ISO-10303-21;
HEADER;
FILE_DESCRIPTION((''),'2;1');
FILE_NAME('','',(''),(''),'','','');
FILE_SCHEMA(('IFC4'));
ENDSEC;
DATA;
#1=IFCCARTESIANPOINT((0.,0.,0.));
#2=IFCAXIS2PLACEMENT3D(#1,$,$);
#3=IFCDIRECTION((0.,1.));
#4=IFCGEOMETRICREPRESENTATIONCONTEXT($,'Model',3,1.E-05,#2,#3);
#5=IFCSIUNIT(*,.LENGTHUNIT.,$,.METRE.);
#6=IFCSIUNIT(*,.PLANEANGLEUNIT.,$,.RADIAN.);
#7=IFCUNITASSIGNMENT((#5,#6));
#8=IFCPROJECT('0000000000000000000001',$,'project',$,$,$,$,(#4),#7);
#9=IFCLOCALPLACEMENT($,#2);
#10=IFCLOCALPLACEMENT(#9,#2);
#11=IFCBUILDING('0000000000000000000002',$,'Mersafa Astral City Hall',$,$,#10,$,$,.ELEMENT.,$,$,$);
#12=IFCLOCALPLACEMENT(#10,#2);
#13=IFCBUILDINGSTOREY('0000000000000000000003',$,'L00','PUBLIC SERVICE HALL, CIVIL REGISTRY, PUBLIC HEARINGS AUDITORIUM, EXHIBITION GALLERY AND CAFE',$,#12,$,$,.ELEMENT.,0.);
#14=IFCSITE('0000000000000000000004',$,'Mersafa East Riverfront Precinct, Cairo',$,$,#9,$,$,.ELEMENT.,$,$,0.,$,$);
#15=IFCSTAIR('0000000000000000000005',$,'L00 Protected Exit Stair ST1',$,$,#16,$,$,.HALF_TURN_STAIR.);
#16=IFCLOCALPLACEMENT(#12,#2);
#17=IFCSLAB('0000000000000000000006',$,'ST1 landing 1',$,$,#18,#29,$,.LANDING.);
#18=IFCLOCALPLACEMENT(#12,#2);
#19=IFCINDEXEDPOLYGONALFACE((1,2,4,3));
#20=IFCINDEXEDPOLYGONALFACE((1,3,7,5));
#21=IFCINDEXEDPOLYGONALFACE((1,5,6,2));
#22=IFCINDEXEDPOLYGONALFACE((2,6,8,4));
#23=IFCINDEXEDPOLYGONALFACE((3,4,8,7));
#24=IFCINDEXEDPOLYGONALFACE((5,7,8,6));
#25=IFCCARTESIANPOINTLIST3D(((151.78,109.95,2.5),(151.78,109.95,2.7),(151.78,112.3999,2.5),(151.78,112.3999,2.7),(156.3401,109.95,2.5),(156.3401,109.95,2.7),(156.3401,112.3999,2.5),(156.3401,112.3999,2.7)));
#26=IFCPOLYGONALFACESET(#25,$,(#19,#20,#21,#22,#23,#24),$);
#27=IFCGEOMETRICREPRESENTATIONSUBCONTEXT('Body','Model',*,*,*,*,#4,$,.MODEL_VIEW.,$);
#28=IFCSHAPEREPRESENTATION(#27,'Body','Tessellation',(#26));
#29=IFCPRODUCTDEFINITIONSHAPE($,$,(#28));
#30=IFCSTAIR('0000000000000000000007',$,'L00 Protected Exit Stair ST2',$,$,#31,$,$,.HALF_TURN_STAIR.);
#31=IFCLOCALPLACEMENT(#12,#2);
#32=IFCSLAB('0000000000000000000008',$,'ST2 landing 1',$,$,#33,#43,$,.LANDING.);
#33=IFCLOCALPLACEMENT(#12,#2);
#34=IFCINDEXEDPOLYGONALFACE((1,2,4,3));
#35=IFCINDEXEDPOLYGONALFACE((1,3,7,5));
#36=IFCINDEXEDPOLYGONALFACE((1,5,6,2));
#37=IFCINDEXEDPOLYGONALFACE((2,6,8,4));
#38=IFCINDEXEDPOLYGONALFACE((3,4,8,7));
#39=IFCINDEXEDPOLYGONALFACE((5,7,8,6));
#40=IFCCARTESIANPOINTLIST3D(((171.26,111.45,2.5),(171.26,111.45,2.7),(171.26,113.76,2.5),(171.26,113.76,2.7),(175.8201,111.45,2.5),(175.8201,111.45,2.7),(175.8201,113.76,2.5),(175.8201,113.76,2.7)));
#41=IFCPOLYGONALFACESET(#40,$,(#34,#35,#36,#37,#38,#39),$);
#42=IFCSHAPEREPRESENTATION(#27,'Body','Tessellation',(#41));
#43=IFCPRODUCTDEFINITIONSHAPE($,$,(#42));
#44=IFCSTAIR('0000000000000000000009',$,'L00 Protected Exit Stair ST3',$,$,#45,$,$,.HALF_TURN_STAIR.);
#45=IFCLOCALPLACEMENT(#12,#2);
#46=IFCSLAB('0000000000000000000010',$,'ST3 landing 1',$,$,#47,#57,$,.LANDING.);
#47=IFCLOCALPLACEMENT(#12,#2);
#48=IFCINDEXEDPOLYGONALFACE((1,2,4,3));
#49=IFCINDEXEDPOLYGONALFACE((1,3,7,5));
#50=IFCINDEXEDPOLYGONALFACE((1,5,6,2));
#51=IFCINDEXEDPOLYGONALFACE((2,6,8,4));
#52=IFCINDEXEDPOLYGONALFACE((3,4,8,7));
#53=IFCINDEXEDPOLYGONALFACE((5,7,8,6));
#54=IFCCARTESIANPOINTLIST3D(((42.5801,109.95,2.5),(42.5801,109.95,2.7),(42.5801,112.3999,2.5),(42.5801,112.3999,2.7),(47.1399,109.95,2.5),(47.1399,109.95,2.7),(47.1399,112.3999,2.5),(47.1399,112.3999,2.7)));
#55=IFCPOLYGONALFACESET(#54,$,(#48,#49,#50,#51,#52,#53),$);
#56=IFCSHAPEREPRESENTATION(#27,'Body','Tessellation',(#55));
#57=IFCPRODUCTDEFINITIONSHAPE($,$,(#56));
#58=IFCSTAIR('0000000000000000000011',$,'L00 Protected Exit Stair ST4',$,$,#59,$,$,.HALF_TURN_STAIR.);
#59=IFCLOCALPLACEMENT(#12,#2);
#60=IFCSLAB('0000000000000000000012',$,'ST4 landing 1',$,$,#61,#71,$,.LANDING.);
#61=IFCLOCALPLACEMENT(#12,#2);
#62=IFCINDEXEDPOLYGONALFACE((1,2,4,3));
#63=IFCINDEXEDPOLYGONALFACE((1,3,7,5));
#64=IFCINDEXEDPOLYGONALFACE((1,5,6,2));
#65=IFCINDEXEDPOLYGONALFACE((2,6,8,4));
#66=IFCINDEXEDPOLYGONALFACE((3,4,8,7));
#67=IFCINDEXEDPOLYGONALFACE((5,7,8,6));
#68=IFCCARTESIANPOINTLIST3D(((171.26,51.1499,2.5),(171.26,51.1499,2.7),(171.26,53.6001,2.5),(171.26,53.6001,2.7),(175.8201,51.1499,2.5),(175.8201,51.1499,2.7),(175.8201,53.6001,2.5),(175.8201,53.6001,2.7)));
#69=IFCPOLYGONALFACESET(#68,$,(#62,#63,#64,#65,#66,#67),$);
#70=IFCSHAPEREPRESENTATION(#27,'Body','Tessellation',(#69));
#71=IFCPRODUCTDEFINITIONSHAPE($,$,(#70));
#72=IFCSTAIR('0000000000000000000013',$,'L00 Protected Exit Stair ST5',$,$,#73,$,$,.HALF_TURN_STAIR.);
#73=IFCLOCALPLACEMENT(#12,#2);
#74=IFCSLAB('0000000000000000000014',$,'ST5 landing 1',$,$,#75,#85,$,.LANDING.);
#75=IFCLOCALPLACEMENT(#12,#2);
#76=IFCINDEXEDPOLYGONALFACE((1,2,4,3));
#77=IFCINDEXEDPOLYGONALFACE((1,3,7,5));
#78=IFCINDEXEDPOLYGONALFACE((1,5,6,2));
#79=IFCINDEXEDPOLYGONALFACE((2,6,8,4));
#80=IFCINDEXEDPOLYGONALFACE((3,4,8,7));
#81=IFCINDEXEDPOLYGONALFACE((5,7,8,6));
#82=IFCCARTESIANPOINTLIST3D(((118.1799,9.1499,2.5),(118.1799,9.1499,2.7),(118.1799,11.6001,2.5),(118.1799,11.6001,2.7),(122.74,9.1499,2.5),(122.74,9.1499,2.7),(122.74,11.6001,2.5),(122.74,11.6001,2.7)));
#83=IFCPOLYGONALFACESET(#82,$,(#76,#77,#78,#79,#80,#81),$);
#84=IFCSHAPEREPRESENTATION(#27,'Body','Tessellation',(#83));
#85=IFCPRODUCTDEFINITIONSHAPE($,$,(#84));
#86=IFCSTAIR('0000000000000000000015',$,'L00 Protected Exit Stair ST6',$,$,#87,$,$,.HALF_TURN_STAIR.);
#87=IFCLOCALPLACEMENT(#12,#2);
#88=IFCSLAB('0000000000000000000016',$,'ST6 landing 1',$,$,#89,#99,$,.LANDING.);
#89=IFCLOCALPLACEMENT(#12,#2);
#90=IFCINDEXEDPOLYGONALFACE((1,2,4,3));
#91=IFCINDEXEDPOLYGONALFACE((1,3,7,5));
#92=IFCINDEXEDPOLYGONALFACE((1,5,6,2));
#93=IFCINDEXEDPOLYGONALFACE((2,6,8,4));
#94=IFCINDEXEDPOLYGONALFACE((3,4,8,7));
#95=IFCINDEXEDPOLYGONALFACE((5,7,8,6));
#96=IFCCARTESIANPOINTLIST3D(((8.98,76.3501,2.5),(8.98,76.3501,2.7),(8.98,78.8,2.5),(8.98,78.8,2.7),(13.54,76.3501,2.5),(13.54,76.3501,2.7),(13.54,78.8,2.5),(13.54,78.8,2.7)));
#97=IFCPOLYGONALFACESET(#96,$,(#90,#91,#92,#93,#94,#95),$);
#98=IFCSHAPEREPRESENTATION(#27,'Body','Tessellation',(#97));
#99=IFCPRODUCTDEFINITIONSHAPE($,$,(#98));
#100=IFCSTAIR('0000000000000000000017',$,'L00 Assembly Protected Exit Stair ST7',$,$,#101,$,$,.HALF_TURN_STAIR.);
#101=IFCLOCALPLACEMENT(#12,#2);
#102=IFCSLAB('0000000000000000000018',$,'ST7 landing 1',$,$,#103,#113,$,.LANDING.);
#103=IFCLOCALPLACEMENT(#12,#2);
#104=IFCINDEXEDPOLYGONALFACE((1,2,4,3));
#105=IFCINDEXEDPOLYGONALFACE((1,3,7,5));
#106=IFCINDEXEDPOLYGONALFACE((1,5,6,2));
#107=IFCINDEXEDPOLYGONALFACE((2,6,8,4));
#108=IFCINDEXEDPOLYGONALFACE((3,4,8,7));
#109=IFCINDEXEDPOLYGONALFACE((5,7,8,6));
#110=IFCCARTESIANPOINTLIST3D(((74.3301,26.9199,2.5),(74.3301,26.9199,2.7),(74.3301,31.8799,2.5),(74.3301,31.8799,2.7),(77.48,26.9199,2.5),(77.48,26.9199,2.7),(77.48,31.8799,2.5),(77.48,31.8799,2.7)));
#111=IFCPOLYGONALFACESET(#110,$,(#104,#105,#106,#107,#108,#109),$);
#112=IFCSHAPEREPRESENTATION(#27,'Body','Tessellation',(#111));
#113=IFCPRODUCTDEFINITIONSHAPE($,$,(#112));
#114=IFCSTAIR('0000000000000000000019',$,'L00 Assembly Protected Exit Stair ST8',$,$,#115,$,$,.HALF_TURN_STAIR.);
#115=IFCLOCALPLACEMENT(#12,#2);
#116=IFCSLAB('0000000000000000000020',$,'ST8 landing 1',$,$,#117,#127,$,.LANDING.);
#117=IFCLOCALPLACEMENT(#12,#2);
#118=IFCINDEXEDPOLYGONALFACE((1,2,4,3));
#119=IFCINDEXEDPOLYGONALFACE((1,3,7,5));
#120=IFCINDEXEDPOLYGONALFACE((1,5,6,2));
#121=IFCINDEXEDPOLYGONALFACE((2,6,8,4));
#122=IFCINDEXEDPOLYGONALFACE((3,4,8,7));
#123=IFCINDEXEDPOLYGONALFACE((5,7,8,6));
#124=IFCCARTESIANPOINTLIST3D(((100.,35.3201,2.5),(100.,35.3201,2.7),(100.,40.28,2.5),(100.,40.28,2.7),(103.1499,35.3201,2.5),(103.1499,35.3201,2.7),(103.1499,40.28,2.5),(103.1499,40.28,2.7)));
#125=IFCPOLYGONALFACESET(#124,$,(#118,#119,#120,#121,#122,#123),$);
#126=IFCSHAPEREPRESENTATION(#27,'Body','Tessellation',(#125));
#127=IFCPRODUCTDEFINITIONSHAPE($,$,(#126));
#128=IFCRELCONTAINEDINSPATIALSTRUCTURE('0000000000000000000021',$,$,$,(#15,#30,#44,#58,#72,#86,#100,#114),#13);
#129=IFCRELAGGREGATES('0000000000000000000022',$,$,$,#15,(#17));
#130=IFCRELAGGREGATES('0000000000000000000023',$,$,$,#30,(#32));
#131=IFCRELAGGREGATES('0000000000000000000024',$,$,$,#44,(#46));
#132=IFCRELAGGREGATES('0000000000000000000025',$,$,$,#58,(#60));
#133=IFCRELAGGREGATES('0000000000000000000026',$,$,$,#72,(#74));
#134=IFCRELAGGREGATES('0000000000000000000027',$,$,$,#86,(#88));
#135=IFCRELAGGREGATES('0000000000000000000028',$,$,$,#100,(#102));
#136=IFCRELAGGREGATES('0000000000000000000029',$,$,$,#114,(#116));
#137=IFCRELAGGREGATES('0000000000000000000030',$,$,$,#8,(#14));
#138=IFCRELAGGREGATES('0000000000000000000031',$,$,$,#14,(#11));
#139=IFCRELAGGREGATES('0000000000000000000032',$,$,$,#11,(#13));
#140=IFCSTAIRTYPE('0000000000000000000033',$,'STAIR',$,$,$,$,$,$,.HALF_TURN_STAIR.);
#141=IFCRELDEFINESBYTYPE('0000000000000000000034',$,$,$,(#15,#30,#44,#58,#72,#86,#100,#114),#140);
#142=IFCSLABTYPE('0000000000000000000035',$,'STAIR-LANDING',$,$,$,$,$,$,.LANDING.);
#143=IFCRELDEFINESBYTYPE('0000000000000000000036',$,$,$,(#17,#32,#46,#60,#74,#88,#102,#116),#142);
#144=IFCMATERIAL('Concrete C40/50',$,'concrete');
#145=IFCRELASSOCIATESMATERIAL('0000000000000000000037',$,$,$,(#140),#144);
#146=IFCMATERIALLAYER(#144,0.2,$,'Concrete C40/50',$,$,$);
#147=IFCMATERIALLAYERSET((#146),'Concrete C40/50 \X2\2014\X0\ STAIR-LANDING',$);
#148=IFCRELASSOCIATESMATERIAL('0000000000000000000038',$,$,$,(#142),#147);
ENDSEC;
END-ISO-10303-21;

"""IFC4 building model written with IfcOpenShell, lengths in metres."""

from ifc_helpers import new_model, si_unit, direction, frame, origin, place, context, subcontext, project, spatial, polyline, outline, extrude, material, layer, layer_set, type_object, element, aggregate, save


model = new_model("IFC4")

# Units and contexts
model_context = context("Model", 3, precision=1e-05, world=origin(), true_north=direction((0.0, 1.0)))
body_context = subcontext(model_context, "Body", "Model", "MODEL_VIEW")
ifc_project = project(units=[si_unit("LENGTHUNIT", "METRE"), si_unit("PLANEANGLEUNIT", "RADIAN")], contexts=[model_context])

# Site, building, storey
site_placement = place(None, origin())
site = spatial("IfcSite", under=ifc_project, at=site_placement, Name="Mersafa East Riverfront Precinct, Cairo", CompositionType="ELEMENT", RefElevation=0.0)
building_placement = place(site_placement, origin())
building = spatial("IfcBuilding", under=site, at=building_placement, Name="Mersafa Astral City Hall", CompositionType="ELEMENT")
storey_placement = place(building_placement, origin())
storey = spatial("IfcBuildingStorey", under=building, at=storey_placement, Name="L00", Description="PUBLIC SERVICE HALL, CIVIL REGISTRY, PUBLIC HEARINGS AUDITORIUM, EXHIBITION GALLERY AND CAFE", CompositionType="ELEMENT", Elevation=0.0)

# Stairs, slabs
ifc_material_1 = material(Name="Concrete C40/50", Category="concrete")
stair_type = type_object("IfcStairType", Name="STAIR", PredefinedType="HALF_TURN_STAIR", material=ifc_material_1)
stair_1_placement = place(storey_placement, origin())
stair_1 = element("IfcStair", 1, at=stair_1_placement, inside=storey, type_object=stair_type, Name="L00 Protected Exit Stair ST1", PredefinedType="HALF_TURN_STAIR")
ifc_layer_1 = layer(ifc_material_1, 0.2, Name="Concrete C40/50")
ifc_layer_set_1 = layer_set([ifc_layer_1], Name="Concrete C40/50 — STAIR-LANDING")
slab_type = type_object("IfcSlabType", Name="STAIR-LANDING", PredefinedType="LANDING", material=ifc_layer_set_1)
slab_1_placement = place(storey_placement, frame((0.0, 0.0, 2.5)))
slab_1 = element("IfcSlab", 2, at=slab_1_placement, type_object=slab_type, Name="ST1 landing 1", PredefinedType="LANDING", context=body_context, shape_type="SweptSolid", body=[
    extrude(outline(polyline([(151.78, 112.3999), (151.78, 109.95), (156.3401, 109.95), (156.3401, 112.3999), (151.78, 112.3999)])), origin(), (0.0, 0.0, 1.0), 0.2),
])
aggregate(stair_1, [slab_1])
stair_2_placement = place(storey_placement, origin())
stair_2 = element("IfcStair", 3, at=stair_2_placement, inside=storey, type_object=stair_type, Name="L00 Protected Exit Stair ST2", PredefinedType="HALF_TURN_STAIR")
slab_2_placement = place(storey_placement, frame((0.0, 0.0, 2.5)))
slab_2 = element("IfcSlab", 4, at=slab_2_placement, type_object=slab_type, Name="ST2 landing 1", PredefinedType="LANDING", context=body_context, shape_type="SweptSolid", body=[
    extrude(outline(polyline([(171.26, 113.76), (171.26, 111.45), (175.8201, 111.45), (175.8201, 113.76), (171.26, 113.76)])), origin(), (0.0, 0.0, 1.0), 0.2),
])
aggregate(stair_2, [slab_2])
stair_3_placement = place(storey_placement, origin())
stair_3 = element("IfcStair", 5, at=stair_3_placement, inside=storey, type_object=stair_type, Name="L00 Protected Exit Stair ST3", PredefinedType="HALF_TURN_STAIR")
slab_3_placement = place(storey_placement, frame((0.0, 0.0, 2.5)))
slab_3 = element("IfcSlab", 6, at=slab_3_placement, type_object=slab_type, Name="ST3 landing 1", PredefinedType="LANDING", context=body_context, shape_type="SweptSolid", body=[
    extrude(outline(polyline([(42.5801, 112.3999), (42.5801, 109.95), (47.1399, 109.95), (47.1399, 112.3999), (42.5801, 112.3999)])), origin(), (0.0, 0.0, 1.0), 0.2),
])
aggregate(stair_3, [slab_3])
stair_4_placement = place(storey_placement, origin())
stair_4 = element("IfcStair", 7, at=stair_4_placement, inside=storey, type_object=stair_type, Name="L00 Protected Exit Stair ST4", PredefinedType="HALF_TURN_STAIR")
slab_4_placement = place(storey_placement, frame((0.0, 0.0, 2.5)))
slab_4 = element("IfcSlab", 8, at=slab_4_placement, type_object=slab_type, Name="ST4 landing 1", PredefinedType="LANDING", context=body_context, shape_type="SweptSolid", body=[
    extrude(outline(polyline([(171.26, 53.6001), (171.26, 51.1499), (175.8201, 51.1499), (175.8201, 53.6001), (171.26, 53.6001)])), origin(), (0.0, 0.0, 1.0), 0.2),
])
aggregate(stair_4, [slab_4])
stair_5_placement = place(storey_placement, origin())
stair_5 = element("IfcStair", 9, at=stair_5_placement, inside=storey, type_object=stair_type, Name="L00 Protected Exit Stair ST5", PredefinedType="HALF_TURN_STAIR")
slab_5_placement = place(storey_placement, frame((0.0, 0.0, 2.5)))
slab_5 = element("IfcSlab", 10, at=slab_5_placement, type_object=slab_type, Name="ST5 landing 1", PredefinedType="LANDING", context=body_context, shape_type="SweptSolid", body=[
    extrude(outline(polyline([(118.1799, 11.6001), (118.1799, 9.1499), (122.74, 9.1499), (122.74, 11.6001), (118.1799, 11.6001)])), origin(), (0.0, 0.0, 1.0), 0.2),
])
aggregate(stair_5, [slab_5])
stair_6_placement = place(storey_placement, origin())
stair_6 = element("IfcStair", 11, at=stair_6_placement, inside=storey, type_object=stair_type, Name="L00 Protected Exit Stair ST6", PredefinedType="HALF_TURN_STAIR")
slab_6_placement = place(storey_placement, frame((0.0, 0.0, 2.5)))
slab_6 = element("IfcSlab", 12, at=slab_6_placement, type_object=slab_type, Name="ST6 landing 1", PredefinedType="LANDING", context=body_context, shape_type="SweptSolid", body=[
    extrude(outline(polyline([(8.98, 78.8), (8.98, 76.3501), (13.54, 76.3501), (13.54, 78.8), (8.98, 78.8)])), origin(), (0.0, 0.0, 1.0), 0.2),
])
aggregate(stair_6, [slab_6])
stair_7_placement = place(storey_placement, origin())
stair_7 = element("IfcStair", 13, at=stair_7_placement, inside=storey, type_object=stair_type, Name="L00 Assembly Protected Exit Stair ST7", PredefinedType="HALF_TURN_STAIR")
slab_7_placement = place(storey_placement, frame((0.0, 0.0, 2.5)))
slab_7 = element("IfcSlab", 14, at=slab_7_placement, type_object=slab_type, Name="ST7 landing 1", PredefinedType="LANDING", context=body_context, shape_type="SweptSolid", body=[
    extrude(outline(polyline([(74.3301, 26.9199), (77.48, 26.9199), (77.48, 31.8799), (74.3301, 31.8799), (74.3301, 26.9199)])), origin(), (0.0, 0.0, 1.0), 0.2),
])
aggregate(stair_7, [slab_7])
stair_8_placement = place(storey_placement, origin())
stair_8 = element("IfcStair", 15, at=stair_8_placement, inside=storey, type_object=stair_type, Name="L00 Assembly Protected Exit Stair ST8", PredefinedType="HALF_TURN_STAIR")
slab_8_placement = place(storey_placement, frame((0.0, 0.0, 2.5)))
slab_8 = element("IfcSlab", 16, at=slab_8_placement, type_object=slab_type, Name="ST8 landing 1", PredefinedType="LANDING", context=body_context, shape_type="SweptSolid", body=[
    extrude(outline(polyline([(100.0, 35.3201), (103.1499, 35.3201), (103.1499, 40.28), (100.0, 40.28), (100.0, 35.3201)])), origin(), (0.0, 0.0, 1.0), 0.2),
])
aggregate(stair_8, [slab_8])

save(model, "model.ifc")
